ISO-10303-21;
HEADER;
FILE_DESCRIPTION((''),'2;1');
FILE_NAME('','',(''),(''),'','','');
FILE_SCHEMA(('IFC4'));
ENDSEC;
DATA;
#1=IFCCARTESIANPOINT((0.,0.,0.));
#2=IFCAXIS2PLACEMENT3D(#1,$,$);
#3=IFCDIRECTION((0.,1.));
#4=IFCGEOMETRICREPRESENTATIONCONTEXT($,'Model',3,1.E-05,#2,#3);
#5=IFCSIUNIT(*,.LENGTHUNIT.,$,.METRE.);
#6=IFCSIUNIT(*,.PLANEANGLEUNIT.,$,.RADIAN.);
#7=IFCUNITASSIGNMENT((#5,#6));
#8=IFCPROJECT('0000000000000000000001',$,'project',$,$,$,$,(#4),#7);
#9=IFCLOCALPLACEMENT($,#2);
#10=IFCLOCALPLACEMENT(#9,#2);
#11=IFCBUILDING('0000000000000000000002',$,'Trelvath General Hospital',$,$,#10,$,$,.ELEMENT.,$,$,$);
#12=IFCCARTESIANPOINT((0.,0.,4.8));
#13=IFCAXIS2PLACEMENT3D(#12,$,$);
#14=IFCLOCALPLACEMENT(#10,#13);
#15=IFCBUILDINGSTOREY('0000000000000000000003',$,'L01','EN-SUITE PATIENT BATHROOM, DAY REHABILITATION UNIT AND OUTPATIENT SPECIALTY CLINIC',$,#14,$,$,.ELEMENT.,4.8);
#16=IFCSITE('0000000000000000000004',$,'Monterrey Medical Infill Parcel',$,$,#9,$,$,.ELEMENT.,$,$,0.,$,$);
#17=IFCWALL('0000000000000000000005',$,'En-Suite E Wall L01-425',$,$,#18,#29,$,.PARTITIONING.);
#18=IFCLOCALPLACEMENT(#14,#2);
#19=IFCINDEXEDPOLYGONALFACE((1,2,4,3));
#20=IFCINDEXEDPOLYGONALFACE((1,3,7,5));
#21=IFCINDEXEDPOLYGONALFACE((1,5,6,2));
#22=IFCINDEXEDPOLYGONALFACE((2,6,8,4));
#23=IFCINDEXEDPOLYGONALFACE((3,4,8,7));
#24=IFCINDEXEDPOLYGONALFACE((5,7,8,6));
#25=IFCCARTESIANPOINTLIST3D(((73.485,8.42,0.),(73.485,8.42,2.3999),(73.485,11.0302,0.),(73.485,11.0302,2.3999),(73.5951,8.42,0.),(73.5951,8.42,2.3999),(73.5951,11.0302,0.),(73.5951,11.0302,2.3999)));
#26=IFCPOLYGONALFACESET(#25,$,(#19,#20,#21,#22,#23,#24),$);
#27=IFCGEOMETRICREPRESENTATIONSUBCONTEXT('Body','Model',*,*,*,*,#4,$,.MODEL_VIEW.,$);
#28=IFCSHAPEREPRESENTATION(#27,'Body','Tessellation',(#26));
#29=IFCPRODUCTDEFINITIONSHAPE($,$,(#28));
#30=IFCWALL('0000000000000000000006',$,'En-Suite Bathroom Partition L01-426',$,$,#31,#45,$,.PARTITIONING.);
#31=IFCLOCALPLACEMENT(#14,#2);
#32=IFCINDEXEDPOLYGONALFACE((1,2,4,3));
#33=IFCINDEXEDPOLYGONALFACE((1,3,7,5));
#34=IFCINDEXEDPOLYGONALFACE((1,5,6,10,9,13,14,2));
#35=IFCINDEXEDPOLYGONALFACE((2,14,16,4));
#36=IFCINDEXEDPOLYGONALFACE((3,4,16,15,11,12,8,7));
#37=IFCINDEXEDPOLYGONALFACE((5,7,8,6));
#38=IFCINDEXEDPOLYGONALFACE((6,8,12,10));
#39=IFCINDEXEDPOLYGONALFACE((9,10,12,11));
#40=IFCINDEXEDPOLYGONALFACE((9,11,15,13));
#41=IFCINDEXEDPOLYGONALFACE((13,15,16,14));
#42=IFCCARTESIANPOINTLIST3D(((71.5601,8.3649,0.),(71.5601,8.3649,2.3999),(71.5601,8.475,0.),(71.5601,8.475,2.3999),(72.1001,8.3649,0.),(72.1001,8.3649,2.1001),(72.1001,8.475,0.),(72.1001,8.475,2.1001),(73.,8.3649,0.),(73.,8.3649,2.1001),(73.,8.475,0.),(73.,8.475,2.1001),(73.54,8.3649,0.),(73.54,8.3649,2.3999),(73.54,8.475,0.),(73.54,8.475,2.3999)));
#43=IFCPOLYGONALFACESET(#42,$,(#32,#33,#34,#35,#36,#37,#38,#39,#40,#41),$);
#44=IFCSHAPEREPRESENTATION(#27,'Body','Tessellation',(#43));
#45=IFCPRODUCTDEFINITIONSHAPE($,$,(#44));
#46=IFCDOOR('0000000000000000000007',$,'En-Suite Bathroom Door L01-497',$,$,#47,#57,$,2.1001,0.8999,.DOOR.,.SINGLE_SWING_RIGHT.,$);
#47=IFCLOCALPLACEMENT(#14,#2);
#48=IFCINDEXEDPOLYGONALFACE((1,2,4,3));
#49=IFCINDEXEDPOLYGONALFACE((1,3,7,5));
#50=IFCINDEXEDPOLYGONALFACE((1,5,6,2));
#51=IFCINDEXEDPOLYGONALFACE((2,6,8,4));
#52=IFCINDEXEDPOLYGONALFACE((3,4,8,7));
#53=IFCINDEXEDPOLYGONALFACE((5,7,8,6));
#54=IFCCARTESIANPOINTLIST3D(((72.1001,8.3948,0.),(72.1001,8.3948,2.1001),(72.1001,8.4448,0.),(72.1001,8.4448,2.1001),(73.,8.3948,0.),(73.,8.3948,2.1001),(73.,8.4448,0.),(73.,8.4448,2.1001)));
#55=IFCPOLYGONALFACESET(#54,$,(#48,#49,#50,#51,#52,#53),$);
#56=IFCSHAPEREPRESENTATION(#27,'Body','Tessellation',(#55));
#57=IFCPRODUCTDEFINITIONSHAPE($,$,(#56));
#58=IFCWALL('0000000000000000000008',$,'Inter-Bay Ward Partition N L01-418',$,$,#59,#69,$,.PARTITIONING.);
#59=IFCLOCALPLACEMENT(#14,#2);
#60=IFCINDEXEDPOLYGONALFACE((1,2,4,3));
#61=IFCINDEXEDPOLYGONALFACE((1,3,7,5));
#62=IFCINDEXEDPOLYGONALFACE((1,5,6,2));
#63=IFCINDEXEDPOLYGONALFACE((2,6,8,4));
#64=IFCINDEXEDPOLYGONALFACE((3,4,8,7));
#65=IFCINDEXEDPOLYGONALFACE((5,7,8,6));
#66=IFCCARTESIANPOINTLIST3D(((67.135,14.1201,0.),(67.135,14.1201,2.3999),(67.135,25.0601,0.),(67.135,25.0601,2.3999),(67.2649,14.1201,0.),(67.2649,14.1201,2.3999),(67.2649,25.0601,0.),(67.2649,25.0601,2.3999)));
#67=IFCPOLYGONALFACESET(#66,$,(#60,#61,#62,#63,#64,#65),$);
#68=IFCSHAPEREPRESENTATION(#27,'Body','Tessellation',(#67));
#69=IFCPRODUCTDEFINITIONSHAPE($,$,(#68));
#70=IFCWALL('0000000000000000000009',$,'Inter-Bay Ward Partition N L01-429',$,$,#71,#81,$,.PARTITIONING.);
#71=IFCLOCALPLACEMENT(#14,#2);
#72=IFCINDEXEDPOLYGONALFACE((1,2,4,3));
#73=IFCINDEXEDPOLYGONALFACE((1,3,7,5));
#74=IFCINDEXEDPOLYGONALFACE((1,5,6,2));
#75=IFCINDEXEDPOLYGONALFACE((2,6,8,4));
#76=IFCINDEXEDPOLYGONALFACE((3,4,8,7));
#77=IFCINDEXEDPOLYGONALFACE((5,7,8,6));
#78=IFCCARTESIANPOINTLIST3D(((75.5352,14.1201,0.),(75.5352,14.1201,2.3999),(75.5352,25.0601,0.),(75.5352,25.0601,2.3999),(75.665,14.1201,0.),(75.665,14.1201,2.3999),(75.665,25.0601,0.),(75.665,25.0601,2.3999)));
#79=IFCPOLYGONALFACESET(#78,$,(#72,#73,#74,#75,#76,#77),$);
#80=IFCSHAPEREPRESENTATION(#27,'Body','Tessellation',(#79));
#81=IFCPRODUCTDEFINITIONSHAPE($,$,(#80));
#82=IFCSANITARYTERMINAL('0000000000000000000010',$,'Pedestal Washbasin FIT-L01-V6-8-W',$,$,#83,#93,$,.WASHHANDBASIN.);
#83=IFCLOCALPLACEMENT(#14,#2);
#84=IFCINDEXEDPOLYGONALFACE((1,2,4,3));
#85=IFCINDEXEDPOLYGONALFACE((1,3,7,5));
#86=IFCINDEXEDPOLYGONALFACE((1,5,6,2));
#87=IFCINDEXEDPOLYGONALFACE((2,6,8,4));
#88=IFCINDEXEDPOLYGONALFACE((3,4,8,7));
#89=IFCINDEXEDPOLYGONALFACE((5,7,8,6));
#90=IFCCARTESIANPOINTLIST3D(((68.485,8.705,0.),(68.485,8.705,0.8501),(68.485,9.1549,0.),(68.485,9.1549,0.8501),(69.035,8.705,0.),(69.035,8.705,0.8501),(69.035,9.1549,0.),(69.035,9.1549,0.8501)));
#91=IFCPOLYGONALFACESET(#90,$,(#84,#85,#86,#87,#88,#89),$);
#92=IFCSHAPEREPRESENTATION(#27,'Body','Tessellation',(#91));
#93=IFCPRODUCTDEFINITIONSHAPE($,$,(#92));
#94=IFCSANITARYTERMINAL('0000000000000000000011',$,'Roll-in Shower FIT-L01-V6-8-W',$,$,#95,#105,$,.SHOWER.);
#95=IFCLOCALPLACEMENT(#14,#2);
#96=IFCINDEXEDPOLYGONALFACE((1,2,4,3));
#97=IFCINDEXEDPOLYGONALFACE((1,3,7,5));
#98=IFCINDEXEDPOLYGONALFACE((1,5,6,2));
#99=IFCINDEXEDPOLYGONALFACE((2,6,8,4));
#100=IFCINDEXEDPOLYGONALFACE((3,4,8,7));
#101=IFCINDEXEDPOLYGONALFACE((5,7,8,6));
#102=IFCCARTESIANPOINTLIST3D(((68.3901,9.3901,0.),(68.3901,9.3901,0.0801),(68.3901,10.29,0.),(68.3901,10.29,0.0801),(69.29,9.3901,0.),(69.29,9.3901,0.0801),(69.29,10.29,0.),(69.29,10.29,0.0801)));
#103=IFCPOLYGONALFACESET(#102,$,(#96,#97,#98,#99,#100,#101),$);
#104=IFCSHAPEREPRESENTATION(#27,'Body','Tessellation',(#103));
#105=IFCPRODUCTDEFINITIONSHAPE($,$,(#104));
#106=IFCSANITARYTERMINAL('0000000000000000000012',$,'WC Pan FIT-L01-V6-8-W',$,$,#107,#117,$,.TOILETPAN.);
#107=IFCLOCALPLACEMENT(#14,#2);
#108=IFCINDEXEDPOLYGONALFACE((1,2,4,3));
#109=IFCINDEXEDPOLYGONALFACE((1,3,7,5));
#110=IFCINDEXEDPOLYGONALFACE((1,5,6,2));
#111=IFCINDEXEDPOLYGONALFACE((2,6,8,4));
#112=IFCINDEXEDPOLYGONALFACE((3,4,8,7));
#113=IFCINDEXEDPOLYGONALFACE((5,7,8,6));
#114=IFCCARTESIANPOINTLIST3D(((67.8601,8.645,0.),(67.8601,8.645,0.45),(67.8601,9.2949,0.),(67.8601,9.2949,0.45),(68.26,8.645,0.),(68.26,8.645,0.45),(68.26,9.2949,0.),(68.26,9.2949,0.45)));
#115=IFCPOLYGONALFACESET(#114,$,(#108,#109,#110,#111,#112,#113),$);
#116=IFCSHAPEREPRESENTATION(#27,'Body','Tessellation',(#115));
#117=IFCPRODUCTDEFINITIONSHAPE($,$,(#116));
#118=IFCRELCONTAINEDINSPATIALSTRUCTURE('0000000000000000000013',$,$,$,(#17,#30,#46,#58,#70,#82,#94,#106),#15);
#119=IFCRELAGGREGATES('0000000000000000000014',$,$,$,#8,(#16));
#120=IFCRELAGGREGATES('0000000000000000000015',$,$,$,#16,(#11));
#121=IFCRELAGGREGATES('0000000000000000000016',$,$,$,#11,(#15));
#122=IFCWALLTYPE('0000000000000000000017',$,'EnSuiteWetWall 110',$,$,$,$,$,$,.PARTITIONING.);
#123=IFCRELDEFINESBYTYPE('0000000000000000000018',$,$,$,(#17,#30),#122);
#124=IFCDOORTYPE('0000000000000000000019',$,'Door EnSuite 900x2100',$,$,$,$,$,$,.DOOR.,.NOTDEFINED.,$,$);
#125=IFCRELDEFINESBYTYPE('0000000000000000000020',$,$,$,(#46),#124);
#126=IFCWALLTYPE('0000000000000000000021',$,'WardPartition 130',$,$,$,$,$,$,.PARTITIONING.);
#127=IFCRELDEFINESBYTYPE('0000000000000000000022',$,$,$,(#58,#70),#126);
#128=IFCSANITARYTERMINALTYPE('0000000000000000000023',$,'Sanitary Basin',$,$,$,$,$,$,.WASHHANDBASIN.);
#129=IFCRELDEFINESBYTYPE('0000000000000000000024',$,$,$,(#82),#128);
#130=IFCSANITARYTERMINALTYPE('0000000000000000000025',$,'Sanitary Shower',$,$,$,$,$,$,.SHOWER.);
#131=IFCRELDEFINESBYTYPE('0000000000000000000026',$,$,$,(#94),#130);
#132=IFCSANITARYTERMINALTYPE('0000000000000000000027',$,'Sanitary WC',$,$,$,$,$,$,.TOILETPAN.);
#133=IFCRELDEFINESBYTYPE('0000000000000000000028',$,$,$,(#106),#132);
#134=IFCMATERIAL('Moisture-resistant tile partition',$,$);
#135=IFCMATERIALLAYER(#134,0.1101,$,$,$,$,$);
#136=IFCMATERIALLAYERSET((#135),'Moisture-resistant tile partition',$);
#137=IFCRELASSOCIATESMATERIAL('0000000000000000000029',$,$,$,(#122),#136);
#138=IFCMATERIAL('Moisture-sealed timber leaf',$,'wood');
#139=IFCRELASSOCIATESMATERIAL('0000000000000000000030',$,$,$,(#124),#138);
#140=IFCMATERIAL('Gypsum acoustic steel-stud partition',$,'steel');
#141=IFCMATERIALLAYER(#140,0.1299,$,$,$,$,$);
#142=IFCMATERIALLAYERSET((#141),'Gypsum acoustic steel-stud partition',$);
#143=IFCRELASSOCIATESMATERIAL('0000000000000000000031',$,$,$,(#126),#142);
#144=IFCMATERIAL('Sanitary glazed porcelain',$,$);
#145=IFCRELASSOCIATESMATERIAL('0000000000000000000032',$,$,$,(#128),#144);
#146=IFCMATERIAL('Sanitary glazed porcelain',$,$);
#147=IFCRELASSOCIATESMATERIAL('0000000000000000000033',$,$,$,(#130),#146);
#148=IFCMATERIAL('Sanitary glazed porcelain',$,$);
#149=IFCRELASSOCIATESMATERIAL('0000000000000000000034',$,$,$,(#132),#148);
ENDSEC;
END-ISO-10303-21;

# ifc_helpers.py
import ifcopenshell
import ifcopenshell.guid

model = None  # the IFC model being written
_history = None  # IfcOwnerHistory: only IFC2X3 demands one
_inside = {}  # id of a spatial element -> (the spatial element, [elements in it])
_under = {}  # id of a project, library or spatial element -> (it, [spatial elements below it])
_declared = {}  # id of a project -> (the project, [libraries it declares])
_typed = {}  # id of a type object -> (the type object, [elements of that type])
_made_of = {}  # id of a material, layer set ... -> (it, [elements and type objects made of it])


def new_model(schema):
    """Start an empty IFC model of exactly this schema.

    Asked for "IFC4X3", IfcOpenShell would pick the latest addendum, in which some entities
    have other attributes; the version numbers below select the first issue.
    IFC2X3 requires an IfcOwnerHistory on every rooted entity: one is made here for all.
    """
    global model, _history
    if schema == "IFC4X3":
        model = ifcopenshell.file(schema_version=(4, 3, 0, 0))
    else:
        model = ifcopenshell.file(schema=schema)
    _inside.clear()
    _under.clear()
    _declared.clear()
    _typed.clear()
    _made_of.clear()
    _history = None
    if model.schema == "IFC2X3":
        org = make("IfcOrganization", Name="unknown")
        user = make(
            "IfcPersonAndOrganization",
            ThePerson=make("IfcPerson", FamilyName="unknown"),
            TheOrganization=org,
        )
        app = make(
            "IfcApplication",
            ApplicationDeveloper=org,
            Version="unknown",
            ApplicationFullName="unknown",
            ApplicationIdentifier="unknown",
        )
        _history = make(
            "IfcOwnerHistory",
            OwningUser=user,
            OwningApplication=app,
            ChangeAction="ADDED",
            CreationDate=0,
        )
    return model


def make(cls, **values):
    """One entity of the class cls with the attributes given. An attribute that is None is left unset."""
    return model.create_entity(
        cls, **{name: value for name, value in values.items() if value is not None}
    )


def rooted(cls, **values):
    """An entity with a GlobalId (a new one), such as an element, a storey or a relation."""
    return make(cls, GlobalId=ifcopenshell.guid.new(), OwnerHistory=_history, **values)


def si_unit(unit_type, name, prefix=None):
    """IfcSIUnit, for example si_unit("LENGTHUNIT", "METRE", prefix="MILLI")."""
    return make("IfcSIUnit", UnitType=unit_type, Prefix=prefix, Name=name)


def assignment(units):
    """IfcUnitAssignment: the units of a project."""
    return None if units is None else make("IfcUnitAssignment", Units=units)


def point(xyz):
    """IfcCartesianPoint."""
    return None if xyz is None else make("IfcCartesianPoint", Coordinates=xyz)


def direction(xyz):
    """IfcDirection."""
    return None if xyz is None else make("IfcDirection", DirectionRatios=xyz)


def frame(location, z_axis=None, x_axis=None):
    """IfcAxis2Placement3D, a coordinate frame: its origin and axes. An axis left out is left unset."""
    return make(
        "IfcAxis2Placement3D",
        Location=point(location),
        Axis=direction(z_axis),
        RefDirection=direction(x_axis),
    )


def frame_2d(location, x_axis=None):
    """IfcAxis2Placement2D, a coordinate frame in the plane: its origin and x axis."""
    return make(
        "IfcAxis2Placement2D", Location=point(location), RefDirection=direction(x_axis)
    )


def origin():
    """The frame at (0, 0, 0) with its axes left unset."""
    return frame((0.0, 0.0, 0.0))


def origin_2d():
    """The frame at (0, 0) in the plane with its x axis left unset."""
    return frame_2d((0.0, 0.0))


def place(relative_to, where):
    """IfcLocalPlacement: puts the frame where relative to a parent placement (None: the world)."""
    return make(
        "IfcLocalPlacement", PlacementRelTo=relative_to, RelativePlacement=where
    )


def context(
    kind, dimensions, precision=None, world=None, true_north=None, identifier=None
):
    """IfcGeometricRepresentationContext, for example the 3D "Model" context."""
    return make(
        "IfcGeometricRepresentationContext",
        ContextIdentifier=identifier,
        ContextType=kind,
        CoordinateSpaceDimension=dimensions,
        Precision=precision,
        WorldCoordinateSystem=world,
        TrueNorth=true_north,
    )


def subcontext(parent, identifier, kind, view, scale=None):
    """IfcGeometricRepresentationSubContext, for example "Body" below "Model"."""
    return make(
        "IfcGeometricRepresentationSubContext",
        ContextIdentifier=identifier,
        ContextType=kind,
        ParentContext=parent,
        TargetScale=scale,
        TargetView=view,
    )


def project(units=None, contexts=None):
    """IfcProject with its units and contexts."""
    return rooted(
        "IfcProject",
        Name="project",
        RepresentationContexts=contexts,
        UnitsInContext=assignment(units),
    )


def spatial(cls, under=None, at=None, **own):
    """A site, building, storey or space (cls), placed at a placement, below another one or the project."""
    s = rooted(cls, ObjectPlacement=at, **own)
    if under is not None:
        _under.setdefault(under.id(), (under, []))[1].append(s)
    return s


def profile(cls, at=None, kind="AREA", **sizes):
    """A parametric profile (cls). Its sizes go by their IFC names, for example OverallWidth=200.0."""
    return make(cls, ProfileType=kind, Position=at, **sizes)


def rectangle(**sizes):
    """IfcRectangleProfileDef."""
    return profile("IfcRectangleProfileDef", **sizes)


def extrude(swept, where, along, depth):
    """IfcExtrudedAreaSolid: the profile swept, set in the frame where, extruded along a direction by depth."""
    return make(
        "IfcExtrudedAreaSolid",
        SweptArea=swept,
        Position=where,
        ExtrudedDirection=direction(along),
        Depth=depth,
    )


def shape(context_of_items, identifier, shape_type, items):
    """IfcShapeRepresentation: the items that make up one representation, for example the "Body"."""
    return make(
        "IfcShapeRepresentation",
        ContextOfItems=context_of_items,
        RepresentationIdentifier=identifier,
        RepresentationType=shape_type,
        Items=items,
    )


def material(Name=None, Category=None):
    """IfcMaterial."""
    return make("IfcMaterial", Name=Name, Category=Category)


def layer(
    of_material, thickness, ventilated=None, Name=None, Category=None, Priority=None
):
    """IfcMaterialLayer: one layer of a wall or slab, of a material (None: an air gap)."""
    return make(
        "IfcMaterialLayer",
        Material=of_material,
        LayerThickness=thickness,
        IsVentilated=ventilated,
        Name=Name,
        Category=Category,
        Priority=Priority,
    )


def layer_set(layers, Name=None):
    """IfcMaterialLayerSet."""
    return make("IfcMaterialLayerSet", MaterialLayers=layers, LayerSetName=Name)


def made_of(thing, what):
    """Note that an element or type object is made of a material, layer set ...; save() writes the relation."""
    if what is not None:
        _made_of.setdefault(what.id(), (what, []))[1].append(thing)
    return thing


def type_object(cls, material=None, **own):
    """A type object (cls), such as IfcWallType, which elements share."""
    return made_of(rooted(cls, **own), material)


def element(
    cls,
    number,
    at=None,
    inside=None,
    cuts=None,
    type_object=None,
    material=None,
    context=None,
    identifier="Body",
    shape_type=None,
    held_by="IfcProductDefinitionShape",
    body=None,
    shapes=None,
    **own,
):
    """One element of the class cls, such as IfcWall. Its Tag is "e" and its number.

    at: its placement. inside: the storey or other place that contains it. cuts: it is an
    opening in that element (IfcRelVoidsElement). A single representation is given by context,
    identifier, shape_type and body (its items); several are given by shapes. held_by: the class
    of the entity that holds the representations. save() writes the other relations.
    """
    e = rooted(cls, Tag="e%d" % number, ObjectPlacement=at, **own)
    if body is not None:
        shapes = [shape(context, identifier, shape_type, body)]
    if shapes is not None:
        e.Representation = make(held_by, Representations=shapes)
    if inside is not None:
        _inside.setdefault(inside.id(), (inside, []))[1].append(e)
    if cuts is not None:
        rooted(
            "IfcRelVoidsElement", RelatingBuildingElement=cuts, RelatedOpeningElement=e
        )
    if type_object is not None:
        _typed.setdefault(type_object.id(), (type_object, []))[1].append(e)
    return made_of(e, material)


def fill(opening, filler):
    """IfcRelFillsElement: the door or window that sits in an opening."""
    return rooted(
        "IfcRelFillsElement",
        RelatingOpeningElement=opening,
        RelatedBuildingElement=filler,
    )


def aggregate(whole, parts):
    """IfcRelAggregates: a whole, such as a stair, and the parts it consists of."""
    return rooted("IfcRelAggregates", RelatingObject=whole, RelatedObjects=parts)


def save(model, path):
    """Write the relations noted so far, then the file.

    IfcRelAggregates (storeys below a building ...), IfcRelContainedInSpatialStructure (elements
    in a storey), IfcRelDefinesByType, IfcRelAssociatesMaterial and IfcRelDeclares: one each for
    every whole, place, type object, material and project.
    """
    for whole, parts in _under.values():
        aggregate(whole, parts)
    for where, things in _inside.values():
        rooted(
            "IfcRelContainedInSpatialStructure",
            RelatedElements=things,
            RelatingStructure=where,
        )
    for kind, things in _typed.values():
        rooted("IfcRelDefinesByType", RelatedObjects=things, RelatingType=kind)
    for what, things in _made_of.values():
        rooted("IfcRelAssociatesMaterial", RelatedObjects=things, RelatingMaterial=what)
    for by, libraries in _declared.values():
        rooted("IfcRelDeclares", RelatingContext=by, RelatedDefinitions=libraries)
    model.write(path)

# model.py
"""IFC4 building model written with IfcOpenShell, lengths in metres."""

from ifc_helpers import new_model, si_unit, direction, frame, frame_2d, origin, origin_2d, place, context, subcontext, project, spatial, rectangle, extrude, material, layer, layer_set, type_object, element, fill, save


model = new_model("IFC4")

# Units and contexts
model_context = context("Model", 3, precision=1e-05, world=origin(), true_north=direction((0.0, 1.0)))
body_context = subcontext(model_context, "Body", "Model", "MODEL_VIEW")
ifc_project = project(units=[si_unit("LENGTHUNIT", "METRE"), si_unit("PLANEANGLEUNIT", "RADIAN")], contexts=[model_context])

# Site, building, storey
site_placement = place(None, origin())
site = spatial("IfcSite", under=ifc_project, at=site_placement, Name="Monterrey Medical Infill Parcel", CompositionType="ELEMENT", RefElevation=0.0)
building_placement = place(site_placement, origin())
building = spatial("IfcBuilding", under=site, at=building_placement, Name="Trelvath General Hospital", CompositionType="ELEMENT")
storey_placement = place(building_placement, frame((0.0, 0.0, 4.8)))
storey = spatial("IfcBuildingStorey", under=building, at=storey_placement, Name="L01", Description="EN-SUITE PATIENT BATHROOM, DAY REHABILITATION UNIT AND OUTPATIENT SPECIALTY CLINIC", CompositionType="ELEMENT", Elevation=4.8)

# Wall
ifc_material_1 = material(Name="Moisture-resistant tile partition")
ifc_layer_1 = layer(ifc_material_1, 0.1101)
ifc_layer_set_1 = layer_set([ifc_layer_1], Name="Moisture-resistant tile partition")
wall_type_1 = type_object("IfcWallType", Name="EnSuiteWetWall 110", PredefinedType="PARTITIONING", material=ifc_layer_set_1)
for number, where, z_axis, x_axis, name in (
    (1, (73.54, 8.4199, 0.0), (0.0, 0.0, 1.0), (0.0, 1.0, 0.0), "En-Suite E Wall L01-425"),
):
    element("IfcWall", number, at=place(storey_placement, frame(where, z_axis=z_axis, x_axis=x_axis)), inside=storey, type_object=wall_type_1, Name=name, PredefinedType="PARTITIONING", context=body_context, shape_type="SweptSolid", body=[
        extrude(rectangle(XDim=2.6101, YDim=0.1101, at=frame_2d((1.3052, 0.0))), origin(), (0.0, 0.0, 1.0), 2.3999),
    ])

# Wall, opening, door
wall_1_placement = place(storey_placement, frame((71.5601, 8.4199, 0.0), z_axis=(0.0, 0.0, 1.0), x_axis=(1.0, 0.0, 0.0)))
wall_1 = element("IfcWall", 2, at=wall_1_placement, inside=storey, type_object=wall_type_1, Name="En-Suite Bathroom Partition L01-426", PredefinedType="PARTITIONING", context=body_context, shape_type="SweptSolid", body=[
    extrude(rectangle(XDim=1.98, YDim=0.1101, at=frame_2d((0.99, 0.0))), origin(), (0.0, 0.0, 1.0), 2.3999),
])
opening_1_placement = place(wall_1_placement, frame((0.54, 0.0, 0.0)))
opening_1 = element("IfcOpeningElement", 3, at=opening_1_placement, cuts=wall_1, PredefinedType="OPENING", context=body_context, shape_type="SweptSolid", body=[
    extrude(rectangle(XDim=0.8999, YDim=2.1001, at=frame_2d((0.45, 1.05))), frame((0.0, 0.0649, 0.0), z_axis=(0.0, -1.0, 0.0), x_axis=(1.0, 0.0, 0.0)), (0.0, 0.0, 1.0), 0.1301),
])
ifc_material_2 = material(Name="Moisture-sealed timber leaf", Category="wood")
door_type_1 = type_object("IfcDoorType", Name="Door EnSuite 900x2100", OperationType="NOTDEFINED", PredefinedType="DOOR", material=ifc_material_2)
door_1_placement = place(opening_1_placement, origin())
door_1 = element("IfcDoor", 4, at=door_1_placement, inside=storey, type_object=door_type_1, Name="En-Suite Bathroom Door L01-497", OperationType="SINGLE_SWING_RIGHT", OverallHeight=2.1001, OverallWidth=0.8999, PredefinedType="DOOR", context=body_context, shape_type="SweptSolid", body=[
    extrude(rectangle(XDim=0.8999, YDim=2.1001, at=frame_2d((0.45, 1.05))), frame((0.0, 0.0249, 0.0), z_axis=(0.0, -1.0, 0.0), x_axis=(1.0, 0.0, 0.0)), (0.0, 0.0, 1.0), 0.05),
])
fill(opening_1, door_1)

# Walls
ifc_material_3 = material(Name="Gypsum acoustic steel-stud partition", Category="steel")
ifc_layer_2 = layer(ifc_material_3, 0.1299)
ifc_layer_set_2 = layer_set([ifc_layer_2], Name="Gypsum acoustic steel-stud partition")
wall_type_2 = type_object("IfcWallType", Name="WardPartition 130", PredefinedType="PARTITIONING", material=ifc_layer_set_2)
for number, where, z_axis, x_axis, name in (
    (5, (67.2, 14.1201, 0.0), (0.0, 0.0, 1.0), (0.0, 1.0, 0.0), "Inter-Bay Ward Partition N L01-418"),
    (6, (75.6001, 14.1201, 0.0), (0.0, 0.0, 1.0), (0.0, 1.0, 0.0), "Inter-Bay Ward Partition N L01-429"),
):
    element("IfcWall", number, at=place(storey_placement, frame(where, z_axis=z_axis, x_axis=x_axis)), inside=storey, type_object=wall_type_2, Name=name, PredefinedType="PARTITIONING", context=body_context, shape_type="SweptSolid", body=[
        extrude(rectangle(XDim=10.9399, YDim=0.1299, at=frame_2d((5.47, 0.0))), origin(), (0.0, 0.0, 1.0), 2.3999),
    ])

# Sanitary terminals
ifc_material_4 = material(Name="Sanitary glazed porcelain")
sanitary_terminal_type_1 = type_object("IfcSanitaryTerminalType", Name="Sanitary Basin", PredefinedType="WASHHANDBASIN", material=ifc_material_4)
sanitary_terminal_1_placement = place(storey_placement, frame((68.76, 8.9299, 0.0), z_axis=(0.0, 0.0, 1.0), x_axis=(1.0, 0.0, 0.0)))
element("IfcSanitaryTerminal", 7, at=sanitary_terminal_1_placement, inside=storey, type_object=sanitary_terminal_type_1, Name="Pedestal Washbasin FIT-L01-V6-8-W", PredefinedType="WASHHANDBASIN", context=body_context, shape_type="SweptSolid", body=[
    extrude(rectangle(XDim=0.55, YDim=0.45, at=origin_2d()), origin(), (0.0, 0.0, 1.0), 0.8501),
])
ifc_material_5 = material(Name="Sanitary glazed porcelain")
sanitary_terminal_type_2 = type_object("IfcSanitaryTerminalType", Name="Sanitary Shower", PredefinedType="SHOWER", material=ifc_material_5)
sanitary_terminal_2_placement = place(storey_placement, frame((68.8401, 9.8401, 0.0), z_axis=(0.0, 0.0, 1.0), x_axis=(1.0, 0.0, 0.0)))
element("IfcSanitaryTerminal", 8, at=sanitary_terminal_2_placement, inside=storey, type_object=sanitary_terminal_type_2, Name="Roll-in Shower FIT-L01-V6-8-W", PredefinedType="SHOWER", context=body_context, shape_type="SweptSolid", body=[
    extrude(rectangle(XDim=0.8999, YDim=0.8999, at=origin_2d()), origin(), (0.0, 0.0, 1.0), 0.0801),
])
ifc_material_6 = material(Name="Sanitary glazed porcelain")
sanitary_terminal_type_3 = type_object("IfcSanitaryTerminalType", Name="Sanitary WC", PredefinedType="TOILETPAN", material=ifc_material_6)
sanitary_terminal_3_placement = place(storey_placement, frame((68.0601, 8.97, 0.0), z_axis=(0.0, 0.0, 1.0), x_axis=(1.0, 0.0, 0.0)))
element("IfcSanitaryTerminal", 9, at=sanitary_terminal_3_placement, inside=storey, type_object=sanitary_terminal_type_3, Name="WC Pan FIT-L01-V6-8-W", PredefinedType="TOILETPAN", context=body_context, shape_type="SweptSolid", body=[
    extrude(rectangle(XDim=0.3999, YDim=0.6499, at=origin_2d()), origin(), (0.0, 0.0, 1.0), 0.45),
])

save(model, "model.ifc")
